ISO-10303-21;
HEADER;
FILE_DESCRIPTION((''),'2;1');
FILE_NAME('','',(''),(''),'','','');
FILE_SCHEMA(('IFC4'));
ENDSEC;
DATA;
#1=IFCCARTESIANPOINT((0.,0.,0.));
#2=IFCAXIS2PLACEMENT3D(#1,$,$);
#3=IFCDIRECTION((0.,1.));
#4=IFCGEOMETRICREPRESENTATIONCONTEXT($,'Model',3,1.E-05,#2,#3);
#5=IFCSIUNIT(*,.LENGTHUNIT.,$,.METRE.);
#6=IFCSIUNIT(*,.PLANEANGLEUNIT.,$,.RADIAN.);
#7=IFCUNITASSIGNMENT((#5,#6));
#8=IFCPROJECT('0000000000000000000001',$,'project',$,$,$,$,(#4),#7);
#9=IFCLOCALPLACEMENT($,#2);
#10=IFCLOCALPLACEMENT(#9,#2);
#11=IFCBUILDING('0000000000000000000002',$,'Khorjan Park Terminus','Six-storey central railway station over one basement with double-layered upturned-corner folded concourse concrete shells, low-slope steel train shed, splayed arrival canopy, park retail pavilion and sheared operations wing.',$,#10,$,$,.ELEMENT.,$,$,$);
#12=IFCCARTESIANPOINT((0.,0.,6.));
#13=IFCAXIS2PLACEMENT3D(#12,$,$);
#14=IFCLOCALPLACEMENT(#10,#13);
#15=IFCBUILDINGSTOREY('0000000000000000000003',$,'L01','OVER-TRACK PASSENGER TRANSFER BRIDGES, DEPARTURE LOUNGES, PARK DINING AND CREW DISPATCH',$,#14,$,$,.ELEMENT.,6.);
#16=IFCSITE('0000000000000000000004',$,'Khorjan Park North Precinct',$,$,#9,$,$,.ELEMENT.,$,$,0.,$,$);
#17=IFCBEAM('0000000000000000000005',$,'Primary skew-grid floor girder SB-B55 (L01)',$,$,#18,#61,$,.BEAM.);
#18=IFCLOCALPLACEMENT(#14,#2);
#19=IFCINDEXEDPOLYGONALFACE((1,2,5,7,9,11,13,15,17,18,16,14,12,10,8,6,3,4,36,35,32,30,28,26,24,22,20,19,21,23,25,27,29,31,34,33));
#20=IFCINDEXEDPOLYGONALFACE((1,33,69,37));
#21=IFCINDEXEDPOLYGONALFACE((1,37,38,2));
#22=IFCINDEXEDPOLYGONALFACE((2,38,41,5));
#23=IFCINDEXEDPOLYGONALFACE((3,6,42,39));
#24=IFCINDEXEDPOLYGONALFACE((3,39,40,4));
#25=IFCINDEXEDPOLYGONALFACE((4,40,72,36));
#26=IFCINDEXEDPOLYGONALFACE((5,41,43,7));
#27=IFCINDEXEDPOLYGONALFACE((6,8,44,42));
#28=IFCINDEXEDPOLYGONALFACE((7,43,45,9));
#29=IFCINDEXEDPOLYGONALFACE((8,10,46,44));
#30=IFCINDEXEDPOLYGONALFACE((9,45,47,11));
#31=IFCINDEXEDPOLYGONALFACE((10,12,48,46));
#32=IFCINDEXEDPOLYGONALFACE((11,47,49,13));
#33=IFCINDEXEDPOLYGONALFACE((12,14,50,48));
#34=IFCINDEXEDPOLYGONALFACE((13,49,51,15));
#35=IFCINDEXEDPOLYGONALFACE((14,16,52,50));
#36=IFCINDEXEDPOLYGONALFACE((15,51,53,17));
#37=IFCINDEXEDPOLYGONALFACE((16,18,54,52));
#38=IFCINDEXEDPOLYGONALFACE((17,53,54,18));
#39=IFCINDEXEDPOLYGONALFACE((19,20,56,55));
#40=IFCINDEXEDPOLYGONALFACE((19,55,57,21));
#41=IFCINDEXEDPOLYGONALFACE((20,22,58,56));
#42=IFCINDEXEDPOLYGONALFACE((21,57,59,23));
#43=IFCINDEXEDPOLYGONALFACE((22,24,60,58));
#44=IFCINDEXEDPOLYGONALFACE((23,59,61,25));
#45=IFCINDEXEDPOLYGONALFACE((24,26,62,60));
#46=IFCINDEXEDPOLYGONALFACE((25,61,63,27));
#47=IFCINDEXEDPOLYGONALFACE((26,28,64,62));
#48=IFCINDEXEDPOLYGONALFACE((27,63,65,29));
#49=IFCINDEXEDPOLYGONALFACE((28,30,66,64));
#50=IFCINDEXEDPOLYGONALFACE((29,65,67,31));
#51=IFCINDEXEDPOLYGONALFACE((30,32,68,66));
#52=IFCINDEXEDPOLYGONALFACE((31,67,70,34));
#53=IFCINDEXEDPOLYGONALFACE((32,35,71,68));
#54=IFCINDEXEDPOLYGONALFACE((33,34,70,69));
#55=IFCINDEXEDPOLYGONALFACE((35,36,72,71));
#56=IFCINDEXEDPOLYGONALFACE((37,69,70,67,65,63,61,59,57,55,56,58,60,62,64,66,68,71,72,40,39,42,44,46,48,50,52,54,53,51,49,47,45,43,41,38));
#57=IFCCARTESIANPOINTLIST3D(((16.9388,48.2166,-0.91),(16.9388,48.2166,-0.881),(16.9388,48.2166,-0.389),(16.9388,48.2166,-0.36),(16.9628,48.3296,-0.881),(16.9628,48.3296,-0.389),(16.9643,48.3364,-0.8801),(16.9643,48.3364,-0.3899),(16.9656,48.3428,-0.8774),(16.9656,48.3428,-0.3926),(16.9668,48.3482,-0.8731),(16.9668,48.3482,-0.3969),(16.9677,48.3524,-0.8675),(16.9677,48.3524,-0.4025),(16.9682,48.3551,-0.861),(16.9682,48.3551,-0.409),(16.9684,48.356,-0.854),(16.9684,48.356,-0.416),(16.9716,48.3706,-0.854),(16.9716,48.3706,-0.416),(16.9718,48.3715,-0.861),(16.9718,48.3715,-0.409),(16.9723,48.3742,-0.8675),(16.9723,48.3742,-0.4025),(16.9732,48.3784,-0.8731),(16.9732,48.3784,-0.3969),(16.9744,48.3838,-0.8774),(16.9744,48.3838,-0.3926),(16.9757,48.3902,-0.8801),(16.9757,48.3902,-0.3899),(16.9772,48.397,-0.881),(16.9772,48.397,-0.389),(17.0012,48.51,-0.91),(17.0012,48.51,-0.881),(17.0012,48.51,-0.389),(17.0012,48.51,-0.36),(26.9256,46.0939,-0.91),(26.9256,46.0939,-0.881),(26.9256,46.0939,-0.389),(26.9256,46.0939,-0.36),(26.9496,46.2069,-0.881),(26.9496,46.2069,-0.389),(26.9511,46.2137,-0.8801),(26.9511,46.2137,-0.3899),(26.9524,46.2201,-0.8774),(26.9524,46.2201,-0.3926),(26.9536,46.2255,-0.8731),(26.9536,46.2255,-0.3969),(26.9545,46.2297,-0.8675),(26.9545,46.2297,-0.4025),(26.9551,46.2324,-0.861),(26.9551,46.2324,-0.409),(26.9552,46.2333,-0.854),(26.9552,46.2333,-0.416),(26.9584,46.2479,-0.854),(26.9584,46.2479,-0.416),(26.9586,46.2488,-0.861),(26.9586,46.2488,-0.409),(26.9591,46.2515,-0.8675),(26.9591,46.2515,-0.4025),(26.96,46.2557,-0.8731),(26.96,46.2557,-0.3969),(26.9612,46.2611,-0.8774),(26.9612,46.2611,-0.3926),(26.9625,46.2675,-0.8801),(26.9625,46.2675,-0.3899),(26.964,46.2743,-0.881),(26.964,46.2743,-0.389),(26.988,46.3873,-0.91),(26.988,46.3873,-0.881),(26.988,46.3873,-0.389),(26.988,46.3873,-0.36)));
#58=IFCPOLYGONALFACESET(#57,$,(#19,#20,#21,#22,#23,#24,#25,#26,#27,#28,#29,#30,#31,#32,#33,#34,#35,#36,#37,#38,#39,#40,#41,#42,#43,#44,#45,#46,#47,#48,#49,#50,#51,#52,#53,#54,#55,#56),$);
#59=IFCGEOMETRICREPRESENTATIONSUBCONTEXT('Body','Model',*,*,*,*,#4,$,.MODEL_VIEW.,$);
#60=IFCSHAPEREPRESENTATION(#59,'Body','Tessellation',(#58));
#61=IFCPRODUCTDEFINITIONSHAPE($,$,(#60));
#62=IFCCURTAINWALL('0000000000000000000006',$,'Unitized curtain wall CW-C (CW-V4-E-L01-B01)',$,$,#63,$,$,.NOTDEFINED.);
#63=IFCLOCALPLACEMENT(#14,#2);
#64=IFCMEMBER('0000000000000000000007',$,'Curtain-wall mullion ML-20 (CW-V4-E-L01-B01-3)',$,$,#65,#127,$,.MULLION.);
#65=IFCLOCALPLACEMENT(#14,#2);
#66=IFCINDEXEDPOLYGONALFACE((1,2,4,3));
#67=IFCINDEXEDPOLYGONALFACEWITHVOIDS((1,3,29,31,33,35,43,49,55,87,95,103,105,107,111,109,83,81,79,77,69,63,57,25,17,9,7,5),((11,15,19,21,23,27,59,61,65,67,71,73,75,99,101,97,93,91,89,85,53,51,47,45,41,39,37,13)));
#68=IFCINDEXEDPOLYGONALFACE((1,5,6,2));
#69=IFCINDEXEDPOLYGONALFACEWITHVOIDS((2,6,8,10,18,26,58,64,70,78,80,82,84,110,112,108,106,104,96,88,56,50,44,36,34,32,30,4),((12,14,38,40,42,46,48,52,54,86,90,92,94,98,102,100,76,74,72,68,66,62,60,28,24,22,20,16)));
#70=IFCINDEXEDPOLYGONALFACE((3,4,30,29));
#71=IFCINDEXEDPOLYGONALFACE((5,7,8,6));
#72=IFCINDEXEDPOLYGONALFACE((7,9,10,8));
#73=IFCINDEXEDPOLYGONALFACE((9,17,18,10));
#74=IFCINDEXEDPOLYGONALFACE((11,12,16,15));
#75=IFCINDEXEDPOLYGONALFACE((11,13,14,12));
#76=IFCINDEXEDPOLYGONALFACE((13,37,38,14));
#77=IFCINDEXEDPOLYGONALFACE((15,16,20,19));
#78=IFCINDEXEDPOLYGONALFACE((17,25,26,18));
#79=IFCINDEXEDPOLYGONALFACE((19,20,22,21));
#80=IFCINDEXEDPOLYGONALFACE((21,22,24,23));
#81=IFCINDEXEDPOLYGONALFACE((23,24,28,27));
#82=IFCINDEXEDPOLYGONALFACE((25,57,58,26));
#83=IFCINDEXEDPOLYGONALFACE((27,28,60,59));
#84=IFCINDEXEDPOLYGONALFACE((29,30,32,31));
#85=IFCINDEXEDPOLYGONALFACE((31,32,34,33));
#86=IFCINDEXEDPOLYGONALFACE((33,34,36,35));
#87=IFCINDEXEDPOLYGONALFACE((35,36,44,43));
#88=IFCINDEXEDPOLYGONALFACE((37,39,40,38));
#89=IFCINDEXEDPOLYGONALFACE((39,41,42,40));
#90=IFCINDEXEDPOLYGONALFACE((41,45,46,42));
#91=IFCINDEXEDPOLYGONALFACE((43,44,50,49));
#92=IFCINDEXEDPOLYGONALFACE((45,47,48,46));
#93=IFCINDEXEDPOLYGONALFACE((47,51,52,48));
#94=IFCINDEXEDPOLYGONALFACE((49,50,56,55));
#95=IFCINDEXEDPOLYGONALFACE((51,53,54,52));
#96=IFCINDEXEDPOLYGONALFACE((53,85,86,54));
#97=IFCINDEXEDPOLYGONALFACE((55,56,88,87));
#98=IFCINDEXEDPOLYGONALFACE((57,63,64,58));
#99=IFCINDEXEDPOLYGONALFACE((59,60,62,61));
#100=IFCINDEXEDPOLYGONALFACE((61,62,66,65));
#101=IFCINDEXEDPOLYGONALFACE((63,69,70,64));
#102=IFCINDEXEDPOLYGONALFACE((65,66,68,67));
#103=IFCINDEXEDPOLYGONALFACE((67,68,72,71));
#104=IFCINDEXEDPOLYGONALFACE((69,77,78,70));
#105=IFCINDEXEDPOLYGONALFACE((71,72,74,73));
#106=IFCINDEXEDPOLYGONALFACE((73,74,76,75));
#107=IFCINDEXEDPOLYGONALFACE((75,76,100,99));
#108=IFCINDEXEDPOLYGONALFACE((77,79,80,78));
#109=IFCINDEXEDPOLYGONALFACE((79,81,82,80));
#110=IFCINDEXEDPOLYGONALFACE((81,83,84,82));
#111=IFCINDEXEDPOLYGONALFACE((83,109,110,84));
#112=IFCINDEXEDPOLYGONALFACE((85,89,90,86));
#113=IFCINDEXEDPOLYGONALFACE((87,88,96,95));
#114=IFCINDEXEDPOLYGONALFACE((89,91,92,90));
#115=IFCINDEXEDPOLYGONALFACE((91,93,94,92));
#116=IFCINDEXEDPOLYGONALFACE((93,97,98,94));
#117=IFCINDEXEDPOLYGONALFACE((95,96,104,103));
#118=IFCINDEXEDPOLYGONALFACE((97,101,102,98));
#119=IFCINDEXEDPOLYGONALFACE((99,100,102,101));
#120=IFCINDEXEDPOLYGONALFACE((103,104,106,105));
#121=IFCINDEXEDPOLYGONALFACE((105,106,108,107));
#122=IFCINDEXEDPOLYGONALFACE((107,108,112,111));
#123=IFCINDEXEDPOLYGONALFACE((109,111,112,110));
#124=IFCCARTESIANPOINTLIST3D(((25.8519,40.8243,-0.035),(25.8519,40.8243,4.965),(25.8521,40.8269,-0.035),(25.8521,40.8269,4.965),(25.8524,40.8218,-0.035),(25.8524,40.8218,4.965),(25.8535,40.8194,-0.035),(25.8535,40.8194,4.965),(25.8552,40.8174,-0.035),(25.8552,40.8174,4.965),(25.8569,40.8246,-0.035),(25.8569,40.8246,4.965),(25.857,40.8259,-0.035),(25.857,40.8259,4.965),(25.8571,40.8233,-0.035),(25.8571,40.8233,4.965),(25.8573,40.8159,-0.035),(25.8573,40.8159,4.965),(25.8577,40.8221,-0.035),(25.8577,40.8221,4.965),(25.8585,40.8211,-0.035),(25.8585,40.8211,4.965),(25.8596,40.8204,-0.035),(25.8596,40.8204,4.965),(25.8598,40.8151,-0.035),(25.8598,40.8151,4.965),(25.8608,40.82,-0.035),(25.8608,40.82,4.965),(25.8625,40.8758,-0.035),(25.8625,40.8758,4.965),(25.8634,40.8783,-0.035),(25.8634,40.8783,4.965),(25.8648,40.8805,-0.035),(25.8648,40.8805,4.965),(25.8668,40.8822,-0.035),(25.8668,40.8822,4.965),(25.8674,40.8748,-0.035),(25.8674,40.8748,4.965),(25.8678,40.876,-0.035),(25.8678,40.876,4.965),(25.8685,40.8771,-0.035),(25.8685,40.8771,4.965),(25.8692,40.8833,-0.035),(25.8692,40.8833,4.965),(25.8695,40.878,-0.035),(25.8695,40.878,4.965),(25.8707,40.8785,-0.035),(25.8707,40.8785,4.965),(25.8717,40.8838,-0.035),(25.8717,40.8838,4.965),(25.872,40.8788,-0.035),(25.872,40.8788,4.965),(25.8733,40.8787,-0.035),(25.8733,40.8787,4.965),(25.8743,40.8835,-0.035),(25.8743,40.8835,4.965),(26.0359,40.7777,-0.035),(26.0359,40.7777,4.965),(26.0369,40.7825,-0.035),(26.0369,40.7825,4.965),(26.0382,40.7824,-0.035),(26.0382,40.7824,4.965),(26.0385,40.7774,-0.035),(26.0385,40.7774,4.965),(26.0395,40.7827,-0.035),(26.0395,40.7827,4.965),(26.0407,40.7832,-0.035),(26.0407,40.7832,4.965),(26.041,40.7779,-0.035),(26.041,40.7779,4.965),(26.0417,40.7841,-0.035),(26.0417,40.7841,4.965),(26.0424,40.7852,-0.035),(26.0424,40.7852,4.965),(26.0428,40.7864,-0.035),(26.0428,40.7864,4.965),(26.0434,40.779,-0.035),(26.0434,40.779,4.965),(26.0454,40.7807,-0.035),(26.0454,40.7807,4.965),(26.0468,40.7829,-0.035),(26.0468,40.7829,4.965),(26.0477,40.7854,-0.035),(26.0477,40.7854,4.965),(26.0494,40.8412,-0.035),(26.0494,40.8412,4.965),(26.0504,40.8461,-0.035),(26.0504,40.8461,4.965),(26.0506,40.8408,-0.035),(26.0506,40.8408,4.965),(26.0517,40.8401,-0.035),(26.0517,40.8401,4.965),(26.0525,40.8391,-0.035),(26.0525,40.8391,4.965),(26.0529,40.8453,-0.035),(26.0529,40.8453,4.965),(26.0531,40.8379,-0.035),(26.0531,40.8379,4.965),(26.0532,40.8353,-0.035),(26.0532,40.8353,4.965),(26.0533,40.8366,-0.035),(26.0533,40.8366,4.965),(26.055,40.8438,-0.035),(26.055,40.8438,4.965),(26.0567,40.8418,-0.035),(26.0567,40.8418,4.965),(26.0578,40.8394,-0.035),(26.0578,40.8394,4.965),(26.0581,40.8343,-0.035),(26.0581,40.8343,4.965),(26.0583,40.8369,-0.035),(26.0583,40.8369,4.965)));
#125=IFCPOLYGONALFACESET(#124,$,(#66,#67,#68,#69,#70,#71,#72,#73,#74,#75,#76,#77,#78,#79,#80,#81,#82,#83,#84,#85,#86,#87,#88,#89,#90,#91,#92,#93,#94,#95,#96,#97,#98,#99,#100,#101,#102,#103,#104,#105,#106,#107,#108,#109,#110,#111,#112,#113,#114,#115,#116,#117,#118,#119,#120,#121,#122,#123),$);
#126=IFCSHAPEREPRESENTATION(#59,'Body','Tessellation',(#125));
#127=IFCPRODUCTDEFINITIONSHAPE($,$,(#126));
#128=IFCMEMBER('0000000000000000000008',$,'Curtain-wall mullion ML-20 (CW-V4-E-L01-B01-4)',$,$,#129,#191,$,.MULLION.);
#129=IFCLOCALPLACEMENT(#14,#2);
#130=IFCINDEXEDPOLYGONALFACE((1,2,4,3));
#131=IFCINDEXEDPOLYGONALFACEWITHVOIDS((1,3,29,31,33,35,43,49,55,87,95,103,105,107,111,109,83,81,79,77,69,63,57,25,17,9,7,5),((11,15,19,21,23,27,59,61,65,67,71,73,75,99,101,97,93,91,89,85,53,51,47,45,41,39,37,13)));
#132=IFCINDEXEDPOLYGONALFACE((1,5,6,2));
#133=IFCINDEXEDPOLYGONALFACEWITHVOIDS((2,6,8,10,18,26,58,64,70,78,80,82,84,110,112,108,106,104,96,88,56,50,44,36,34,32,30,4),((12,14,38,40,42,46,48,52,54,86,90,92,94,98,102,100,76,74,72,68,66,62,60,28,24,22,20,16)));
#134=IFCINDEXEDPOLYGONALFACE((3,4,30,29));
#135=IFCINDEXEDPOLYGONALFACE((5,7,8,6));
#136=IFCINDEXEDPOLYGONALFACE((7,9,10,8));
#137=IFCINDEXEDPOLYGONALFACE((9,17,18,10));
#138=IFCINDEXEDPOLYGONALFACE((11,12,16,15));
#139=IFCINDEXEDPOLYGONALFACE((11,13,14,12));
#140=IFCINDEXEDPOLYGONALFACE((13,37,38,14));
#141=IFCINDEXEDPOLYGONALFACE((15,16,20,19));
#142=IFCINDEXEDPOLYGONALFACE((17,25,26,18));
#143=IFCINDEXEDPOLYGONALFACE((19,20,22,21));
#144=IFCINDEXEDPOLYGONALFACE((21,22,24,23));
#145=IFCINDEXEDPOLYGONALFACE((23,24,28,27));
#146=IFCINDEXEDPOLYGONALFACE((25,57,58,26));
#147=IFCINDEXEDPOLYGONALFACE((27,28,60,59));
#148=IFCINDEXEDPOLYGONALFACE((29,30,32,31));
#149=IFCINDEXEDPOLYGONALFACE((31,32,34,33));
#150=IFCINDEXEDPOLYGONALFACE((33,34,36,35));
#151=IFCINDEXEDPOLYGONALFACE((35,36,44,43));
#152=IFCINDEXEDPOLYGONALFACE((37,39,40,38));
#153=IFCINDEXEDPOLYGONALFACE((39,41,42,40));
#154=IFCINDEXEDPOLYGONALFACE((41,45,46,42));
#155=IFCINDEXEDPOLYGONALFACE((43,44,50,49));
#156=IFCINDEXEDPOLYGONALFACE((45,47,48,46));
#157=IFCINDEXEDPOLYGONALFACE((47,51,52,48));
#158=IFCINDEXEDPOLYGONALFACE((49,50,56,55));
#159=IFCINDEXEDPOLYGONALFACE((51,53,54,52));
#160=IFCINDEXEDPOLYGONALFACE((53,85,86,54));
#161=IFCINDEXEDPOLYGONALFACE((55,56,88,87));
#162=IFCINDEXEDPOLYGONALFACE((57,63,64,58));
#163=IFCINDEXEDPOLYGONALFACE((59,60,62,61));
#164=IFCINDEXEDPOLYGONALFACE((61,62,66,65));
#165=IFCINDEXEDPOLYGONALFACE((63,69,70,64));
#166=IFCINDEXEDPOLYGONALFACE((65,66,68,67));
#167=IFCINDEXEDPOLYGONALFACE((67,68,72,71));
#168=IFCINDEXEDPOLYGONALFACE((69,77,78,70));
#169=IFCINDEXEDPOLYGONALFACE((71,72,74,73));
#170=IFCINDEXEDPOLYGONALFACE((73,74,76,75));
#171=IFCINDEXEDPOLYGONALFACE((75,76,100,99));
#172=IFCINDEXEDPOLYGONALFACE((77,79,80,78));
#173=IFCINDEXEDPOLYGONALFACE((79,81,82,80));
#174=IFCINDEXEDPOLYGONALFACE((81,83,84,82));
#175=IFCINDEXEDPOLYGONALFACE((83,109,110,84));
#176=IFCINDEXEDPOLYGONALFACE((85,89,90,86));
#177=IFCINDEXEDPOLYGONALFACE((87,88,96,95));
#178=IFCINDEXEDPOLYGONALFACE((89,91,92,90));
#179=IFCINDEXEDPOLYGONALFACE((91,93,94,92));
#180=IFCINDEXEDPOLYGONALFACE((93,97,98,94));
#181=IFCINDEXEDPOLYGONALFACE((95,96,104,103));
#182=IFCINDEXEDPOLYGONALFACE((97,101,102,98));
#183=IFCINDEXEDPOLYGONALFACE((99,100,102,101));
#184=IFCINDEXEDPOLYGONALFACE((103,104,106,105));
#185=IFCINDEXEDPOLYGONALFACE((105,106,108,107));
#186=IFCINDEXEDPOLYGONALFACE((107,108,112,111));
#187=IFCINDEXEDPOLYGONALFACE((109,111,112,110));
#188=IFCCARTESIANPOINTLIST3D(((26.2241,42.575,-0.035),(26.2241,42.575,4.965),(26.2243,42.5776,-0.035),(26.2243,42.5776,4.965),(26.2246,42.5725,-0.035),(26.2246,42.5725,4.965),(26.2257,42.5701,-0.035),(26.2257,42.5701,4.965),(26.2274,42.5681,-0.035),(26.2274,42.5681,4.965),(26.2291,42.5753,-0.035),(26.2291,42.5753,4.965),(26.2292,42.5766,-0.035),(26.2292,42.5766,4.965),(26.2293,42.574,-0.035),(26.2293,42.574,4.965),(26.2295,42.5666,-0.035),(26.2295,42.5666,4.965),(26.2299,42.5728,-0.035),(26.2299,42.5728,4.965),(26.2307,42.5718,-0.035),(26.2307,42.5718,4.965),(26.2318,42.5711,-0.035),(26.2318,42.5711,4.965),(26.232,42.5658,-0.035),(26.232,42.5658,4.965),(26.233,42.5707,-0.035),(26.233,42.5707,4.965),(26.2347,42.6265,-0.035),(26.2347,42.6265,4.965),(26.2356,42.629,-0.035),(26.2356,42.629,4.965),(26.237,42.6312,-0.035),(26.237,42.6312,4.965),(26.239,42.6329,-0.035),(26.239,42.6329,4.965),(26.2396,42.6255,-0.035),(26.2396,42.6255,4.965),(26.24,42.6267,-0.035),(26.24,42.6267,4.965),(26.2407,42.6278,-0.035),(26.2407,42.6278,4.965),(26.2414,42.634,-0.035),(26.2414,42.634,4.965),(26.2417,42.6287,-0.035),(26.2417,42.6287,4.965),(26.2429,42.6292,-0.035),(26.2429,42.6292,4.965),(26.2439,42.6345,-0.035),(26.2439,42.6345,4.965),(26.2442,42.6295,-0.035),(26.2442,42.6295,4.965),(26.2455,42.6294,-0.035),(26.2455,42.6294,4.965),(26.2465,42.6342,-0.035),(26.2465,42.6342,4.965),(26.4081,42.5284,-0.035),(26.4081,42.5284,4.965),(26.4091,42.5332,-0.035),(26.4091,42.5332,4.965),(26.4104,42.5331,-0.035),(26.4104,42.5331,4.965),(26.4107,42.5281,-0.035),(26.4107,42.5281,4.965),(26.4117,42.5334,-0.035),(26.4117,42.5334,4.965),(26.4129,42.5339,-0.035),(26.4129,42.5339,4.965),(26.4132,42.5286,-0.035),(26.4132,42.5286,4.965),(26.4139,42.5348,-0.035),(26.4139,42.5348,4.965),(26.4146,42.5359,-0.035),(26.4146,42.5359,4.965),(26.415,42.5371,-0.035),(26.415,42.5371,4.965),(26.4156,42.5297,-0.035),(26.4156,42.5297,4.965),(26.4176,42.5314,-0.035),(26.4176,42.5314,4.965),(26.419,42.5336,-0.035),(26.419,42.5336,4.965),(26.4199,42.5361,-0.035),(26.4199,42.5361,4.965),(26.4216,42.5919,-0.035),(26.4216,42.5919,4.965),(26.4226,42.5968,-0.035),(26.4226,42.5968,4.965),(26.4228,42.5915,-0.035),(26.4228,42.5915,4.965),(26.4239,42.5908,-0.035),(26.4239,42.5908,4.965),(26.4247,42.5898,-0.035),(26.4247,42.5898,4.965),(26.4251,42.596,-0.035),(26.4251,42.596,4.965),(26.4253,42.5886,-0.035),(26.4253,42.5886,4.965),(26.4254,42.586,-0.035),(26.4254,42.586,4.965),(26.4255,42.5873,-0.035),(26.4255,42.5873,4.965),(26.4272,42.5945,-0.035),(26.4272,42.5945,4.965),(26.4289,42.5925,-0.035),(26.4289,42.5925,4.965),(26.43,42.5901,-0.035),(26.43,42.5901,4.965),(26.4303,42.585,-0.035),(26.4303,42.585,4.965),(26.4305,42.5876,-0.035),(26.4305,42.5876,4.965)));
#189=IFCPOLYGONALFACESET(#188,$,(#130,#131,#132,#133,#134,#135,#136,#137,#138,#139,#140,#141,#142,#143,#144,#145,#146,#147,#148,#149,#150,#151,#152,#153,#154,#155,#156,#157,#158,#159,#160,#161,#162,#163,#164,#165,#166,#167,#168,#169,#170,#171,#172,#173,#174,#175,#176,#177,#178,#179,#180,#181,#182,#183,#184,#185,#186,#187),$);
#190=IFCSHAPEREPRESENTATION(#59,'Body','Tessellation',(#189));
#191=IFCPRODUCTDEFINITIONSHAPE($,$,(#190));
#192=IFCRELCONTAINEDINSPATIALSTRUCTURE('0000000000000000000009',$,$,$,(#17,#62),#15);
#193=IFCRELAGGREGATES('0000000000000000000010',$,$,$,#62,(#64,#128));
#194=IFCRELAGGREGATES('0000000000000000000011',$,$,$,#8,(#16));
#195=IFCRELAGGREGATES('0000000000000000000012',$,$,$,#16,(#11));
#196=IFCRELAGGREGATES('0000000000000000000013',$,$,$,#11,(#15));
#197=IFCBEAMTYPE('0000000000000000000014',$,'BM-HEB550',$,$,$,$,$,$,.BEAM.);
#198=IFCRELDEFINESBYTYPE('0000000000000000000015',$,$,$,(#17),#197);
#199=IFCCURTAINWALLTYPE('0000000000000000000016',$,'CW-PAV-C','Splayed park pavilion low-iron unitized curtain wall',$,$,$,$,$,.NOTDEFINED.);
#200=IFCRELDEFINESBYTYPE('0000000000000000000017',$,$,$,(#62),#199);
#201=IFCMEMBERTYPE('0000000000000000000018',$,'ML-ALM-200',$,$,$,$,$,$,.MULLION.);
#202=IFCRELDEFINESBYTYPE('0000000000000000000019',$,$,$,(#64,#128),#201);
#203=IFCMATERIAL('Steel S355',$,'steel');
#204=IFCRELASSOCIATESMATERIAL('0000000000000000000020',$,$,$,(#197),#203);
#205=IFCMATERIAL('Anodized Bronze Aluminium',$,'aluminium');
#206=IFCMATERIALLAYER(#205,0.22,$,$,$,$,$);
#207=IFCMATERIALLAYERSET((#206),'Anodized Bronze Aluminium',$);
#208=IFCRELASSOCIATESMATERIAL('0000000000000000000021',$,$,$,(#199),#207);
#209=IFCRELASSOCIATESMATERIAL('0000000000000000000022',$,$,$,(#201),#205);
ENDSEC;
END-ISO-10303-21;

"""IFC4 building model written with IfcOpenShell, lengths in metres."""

from ifc_helpers import new_model, si_unit, direction, frame, origin, origin_2d, place, context, subcontext, project, spatial, hollow_rectangle, i_section, extrude, material, layer, layer_set, material_profile, profile_set, type_object, element, aggregate, save


model = new_model("IFC4")

# Units and contexts
model_context = context("Model", 3, precision=1e-05, world=origin(), true_north=direction((0.0, 1.0)))
body_context = subcontext(model_context, "Body", "Model", "MODEL_VIEW")
ifc_project = project(units=[si_unit("LENGTHUNIT", "METRE"), si_unit("PLANEANGLEUNIT", "RADIAN")], contexts=[model_context])

# Site, building, storey
site_placement = place(None, origin())
site = spatial("IfcSite", under=ifc_project, at=site_placement, Name="Khorjan Park North Precinct", CompositionType="ELEMENT", RefElevation=0.0)
building_placement = place(site_placement, origin())
building = spatial("IfcBuilding", under=site, at=building_placement, Name="Khorjan Park Terminus", Description="Six-storey central railway station over one basement with double-layered upturned-corner folded concourse concrete shells, low-slope steel train shed, splayed arrival canopy, park retail pavilion and sheared operations wing.", CompositionType="ELEMENT")
storey_placement = place(building_placement, frame((0.0, 0.0, 6.0)))
storey = spatial("IfcBuildingStorey", under=building, at=storey_placement, Name="L01", Description="OVER-TRACK PASSENGER TRANSFER BRIDGES, DEPARTURE LOUNGES, PARK DINING AND CREW DISPATCH", CompositionType="ELEMENT", Elevation=6.0)

# Shared definitions
ifc_material_1 = material(Name="Steel S355", Category="steel")

# Beam
ifc_material_profile_1 = material_profile(ifc_material_1, i_section(OverallWidth=0.3, OverallDepth=0.55, WebThickness=0.015, FlangeThickness=0.029, FilletRadius=0.027, at=origin_2d()), Name="HEB 550")
ifc_profile_set_1 = profile_set([ifc_material_profile_1], Name="Steel S355")
beam_type_1 = type_object("IfcBeamType", Name="BM-HEB550", PredefinedType="BEAM", material=ifc_profile_set_1)
beam_1_placement = place(storey_placement, frame((16.97, 48.3633, -0.635), z_axis=(0.978149, -0.207906, 0.0), x_axis=(0.207906, 0.978149, 0.0)))
element("IfcBeam", 1, at=beam_1_placement, inside=storey, type_object=beam_type_1, Name="Primary skew-grid floor girder SB-B55 (L01)", PredefinedType="BEAM", context=body_context, shape_type="SweptSolid", body=[
    extrude(i_section(OverallWidth=0.3, OverallDepth=0.55, WebThickness=0.015, FlangeThickness=0.029, FilletRadius=0.027, at=origin_2d()), origin(), (0.0, 0.0, 1.0), 10.2099),
])

# Curtain wall, members
ifc_material_2 = material(Name="Anodized Bronze Aluminium", Category="aluminium")
ifc_layer_1 = layer(ifc_material_2, 0.22)
ifc_layer_set_1 = layer_set([ifc_layer_1], Name="Anodized Bronze Aluminium")
curtain_wall_type = type_object("IfcCurtainWallType", Name="CW-PAV-C", Description="Splayed park pavilion low-iron unitized curtain wall", PredefinedType="NOTDEFINED", material=ifc_layer_set_1)
curtain_wall_placement = place(storey_placement, origin())
curtain_wall = element("IfcCurtainWall", 2, at=curtain_wall_placement, inside=storey, type_object=curtain_wall_type, Name="Unitized curtain wall CW-C (CW-V4-E-L01-B01)", PredefinedType="NOTDEFINED")
ifc_material_profile_2 = material_profile(ifc_material_2, hollow_rectangle(XDim=0.07, YDim=0.2, WallThickness=0.005, InnerFilletRadius=0.005, OuterFilletRadius=0.01, at=origin_2d()), Name="ALM 70x200x5")
ifc_profile_set_2 = profile_set([ifc_material_profile_2], Name="Anodized Bronze Aluminium")
member_type_1 = type_object("IfcMemberType", Name="ML-ALM-200", PredefinedType="MULLION", material=ifc_profile_set_2)
member_1_placement = place(storey_placement, frame((25.9551, 40.8306, -0.035), z_axis=(0.0, 0.0, 1.0), x_axis=(0.207917, 0.978147, 0.0)))
member_1 = element("IfcMember", 3, at=member_1_placement, type_object=member_type_1, Name="Curtain-wall mullion ML-20 (CW-V4-E-L01-B01-3)", PredefinedType="MULLION", context=body_context, shape_type="SweptSolid", body=[
    extrude(hollow_rectangle(XDim=0.07, YDim=0.2, WallThickness=0.005, InnerFilletRadius=0.005, OuterFilletRadius=0.01, at=origin_2d()), origin(), (0.0, 0.0, 1.0), 5.0),
])
member_2_placement = place(storey_placement, frame((26.3273, 42.5813, -0.035), z_axis=(0.0, 0.0, 1.0), x_axis=(0.207917, 0.978147, 0.0)))
member_2 = element("IfcMember", 4, at=member_2_placement, type_object=member_type_1, Name="Curtain-wall mullion ML-20 (CW-V4-E-L01-B01-4)", PredefinedType="MULLION", context=body_context, shape_type="SweptSolid", body=[
    extrude(hollow_rectangle(XDim=0.07, YDim=0.2, WallThickness=0.005, InnerFilletRadius=0.005, OuterFilletRadius=0.01, at=origin_2d()), origin(), (0.0, 0.0, 1.0), 5.0),
])
aggregate(curtain_wall, [member_1, member_2])

save(model, "model.ifc")
